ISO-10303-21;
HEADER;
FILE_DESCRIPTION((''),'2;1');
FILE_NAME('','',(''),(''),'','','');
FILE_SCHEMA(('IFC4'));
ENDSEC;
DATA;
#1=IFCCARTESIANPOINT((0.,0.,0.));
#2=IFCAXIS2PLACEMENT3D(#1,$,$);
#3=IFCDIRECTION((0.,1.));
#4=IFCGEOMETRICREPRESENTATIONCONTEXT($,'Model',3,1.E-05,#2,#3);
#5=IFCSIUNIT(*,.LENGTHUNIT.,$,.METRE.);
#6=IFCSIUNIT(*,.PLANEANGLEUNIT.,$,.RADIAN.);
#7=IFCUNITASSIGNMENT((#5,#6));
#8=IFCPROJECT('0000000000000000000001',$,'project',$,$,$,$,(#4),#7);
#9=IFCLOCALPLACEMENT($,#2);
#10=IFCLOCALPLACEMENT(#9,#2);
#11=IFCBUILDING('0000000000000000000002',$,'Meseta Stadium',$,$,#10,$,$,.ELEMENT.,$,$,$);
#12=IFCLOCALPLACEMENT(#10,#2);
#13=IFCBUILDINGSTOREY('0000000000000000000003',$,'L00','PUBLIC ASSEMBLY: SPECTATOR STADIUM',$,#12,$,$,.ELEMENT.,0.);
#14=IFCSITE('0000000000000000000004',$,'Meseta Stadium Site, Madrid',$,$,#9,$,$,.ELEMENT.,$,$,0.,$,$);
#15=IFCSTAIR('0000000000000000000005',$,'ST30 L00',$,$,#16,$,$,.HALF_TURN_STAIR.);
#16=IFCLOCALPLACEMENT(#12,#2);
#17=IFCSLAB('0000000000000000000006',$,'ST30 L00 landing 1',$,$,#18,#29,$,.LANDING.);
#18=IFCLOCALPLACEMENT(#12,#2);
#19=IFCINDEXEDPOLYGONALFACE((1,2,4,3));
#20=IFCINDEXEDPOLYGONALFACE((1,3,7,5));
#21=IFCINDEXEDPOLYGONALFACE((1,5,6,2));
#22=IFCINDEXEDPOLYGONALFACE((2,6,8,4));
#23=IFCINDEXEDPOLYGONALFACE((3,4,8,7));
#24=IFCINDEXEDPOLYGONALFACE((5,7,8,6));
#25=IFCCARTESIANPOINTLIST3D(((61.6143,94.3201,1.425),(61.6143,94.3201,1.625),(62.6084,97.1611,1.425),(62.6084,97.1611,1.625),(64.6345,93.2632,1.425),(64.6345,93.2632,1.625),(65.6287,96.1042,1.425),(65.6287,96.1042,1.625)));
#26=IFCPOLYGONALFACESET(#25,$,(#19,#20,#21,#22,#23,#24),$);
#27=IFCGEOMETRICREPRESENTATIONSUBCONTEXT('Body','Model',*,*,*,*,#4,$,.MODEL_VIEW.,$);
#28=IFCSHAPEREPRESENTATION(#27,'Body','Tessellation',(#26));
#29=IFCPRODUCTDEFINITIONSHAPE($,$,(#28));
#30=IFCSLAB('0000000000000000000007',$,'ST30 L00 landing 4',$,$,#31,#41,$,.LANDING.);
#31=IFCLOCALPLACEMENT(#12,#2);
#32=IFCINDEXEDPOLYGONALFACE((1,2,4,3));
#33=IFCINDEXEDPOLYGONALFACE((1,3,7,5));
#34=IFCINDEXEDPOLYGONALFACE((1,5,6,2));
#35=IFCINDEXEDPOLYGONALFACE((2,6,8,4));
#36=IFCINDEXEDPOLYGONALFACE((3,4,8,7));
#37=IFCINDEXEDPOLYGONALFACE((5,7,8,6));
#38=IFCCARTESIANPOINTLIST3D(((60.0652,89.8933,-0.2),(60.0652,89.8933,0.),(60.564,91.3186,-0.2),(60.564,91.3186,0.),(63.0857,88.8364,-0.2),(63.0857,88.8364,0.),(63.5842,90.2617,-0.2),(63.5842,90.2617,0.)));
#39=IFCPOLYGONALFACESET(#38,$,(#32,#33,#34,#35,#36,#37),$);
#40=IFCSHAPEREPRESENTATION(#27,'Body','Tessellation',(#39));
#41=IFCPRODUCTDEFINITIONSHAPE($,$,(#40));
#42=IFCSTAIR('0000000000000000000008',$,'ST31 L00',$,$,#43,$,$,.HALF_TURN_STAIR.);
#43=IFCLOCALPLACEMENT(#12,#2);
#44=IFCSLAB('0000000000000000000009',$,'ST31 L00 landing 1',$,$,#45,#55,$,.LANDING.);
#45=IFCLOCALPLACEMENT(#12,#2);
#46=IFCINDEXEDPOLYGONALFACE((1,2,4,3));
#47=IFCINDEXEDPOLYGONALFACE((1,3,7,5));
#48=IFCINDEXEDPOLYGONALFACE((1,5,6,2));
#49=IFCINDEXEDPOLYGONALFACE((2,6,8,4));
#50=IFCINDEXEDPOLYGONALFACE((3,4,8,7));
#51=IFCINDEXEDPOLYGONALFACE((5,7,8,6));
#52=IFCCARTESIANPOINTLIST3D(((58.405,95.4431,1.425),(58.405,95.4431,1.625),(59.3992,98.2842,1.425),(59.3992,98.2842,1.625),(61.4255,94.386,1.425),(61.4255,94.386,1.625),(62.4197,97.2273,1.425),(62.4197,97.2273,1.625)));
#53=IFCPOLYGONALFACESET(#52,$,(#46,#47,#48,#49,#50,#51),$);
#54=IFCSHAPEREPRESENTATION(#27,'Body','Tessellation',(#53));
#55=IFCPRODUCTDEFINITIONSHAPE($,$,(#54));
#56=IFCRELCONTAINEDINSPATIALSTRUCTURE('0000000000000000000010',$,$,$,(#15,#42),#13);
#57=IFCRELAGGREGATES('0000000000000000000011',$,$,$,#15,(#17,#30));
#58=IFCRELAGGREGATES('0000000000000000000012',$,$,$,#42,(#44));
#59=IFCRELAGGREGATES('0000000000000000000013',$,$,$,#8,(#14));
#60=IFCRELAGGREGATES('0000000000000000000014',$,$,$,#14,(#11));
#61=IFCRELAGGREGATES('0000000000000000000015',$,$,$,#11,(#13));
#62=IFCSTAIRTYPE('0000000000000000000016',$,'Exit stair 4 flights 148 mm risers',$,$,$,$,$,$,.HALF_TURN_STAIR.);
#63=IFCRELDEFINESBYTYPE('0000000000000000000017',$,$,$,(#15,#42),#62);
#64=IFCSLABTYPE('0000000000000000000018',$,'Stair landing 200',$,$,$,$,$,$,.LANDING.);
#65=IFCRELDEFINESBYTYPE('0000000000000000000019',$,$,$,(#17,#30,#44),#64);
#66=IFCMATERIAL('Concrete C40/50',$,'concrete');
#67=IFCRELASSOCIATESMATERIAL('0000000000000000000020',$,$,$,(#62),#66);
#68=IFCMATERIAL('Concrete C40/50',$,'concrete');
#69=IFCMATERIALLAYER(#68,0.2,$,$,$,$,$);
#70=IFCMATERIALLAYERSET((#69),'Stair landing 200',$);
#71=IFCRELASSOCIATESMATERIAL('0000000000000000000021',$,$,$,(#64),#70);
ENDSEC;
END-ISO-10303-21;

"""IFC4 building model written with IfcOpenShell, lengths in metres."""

from ifc_helpers import new_model, si_unit, direction, frame, origin, place, context, subcontext, project, spatial, polyline, outline, extrude, material, layer, layer_set, type_object, element, aggregate, save


model = new_model("IFC4")

# Units and contexts
model_context = context("Model", 3, precision=1e-05, world=origin(), true_north=direction((0.0, 1.0)))
body_context = subcontext(model_context, "Body", "Model", "MODEL_VIEW")
ifc_project = project(units=[si_unit("LENGTHUNIT", "METRE"), si_unit("PLANEANGLEUNIT", "RADIAN")], contexts=[model_context])

# Site, building, storey
site_placement = place(None, origin())
site = spatial("IfcSite", under=ifc_project, at=site_placement, Name="Meseta Stadium Site, Madrid", CompositionType="ELEMENT", RefElevation=0.0)
building_placement = place(site_placement, origin())
building = spatial("IfcBuilding", under=site, at=building_placement, Name="Meseta Stadium", CompositionType="ELEMENT")
storey_placement = place(building_placement, origin())
storey = spatial("IfcBuildingStorey", under=building, at=storey_placement, Name="L00", Description="PUBLIC ASSEMBLY: SPECTATOR STADIUM", CompositionType="ELEMENT", Elevation=0.0)

# Shared definitions
ifc_material_1 = material(Name="Concrete C40/50", Category="concrete")
stair_type = type_object("IfcStairType", Name="Exit stair 4 flights 148 mm risers", PredefinedType="HALF_TURN_STAIR", material=ifc_material_1)
ifc_material_2 = material(Name="Concrete C40/50", Category="concrete")
ifc_layer = layer(ifc_material_2, 0.2)
ifc_layer_set = layer_set([ifc_layer], Name="Stair landing 200")
slab_type = type_object("IfcSlabType", Name="Stair landing 200", PredefinedType="LANDING", material=ifc_layer_set)

# Stair, slabs
stair_1_placement = place(storey_placement, origin())
stair_1 = element("IfcStair", 1, at=stair_1_placement, inside=storey, type_object=stair_type, Name="ST30 L00", PredefinedType="HALF_TURN_STAIR")
slab_1_placement = place(storey_placement, frame((0.0, 0.0, 1.425)))
slab_1 = element("IfcSlab", 2, at=slab_1_placement, type_object=slab_type, Name="ST30 L00 landing 1", PredefinedType="LANDING", context=body_context, shape_type="SweptSolid", body=[
    extrude(outline(polyline([(64.6345, 93.2632), (65.6287, 96.1042), (62.6084, 97.1611), (61.6143, 94.3201), (64.6345, 93.2632)])), origin(), (0.0, 0.0, 1.0), 0.2),
])
slab_2_placement = place(storey_placement, frame((0.0, 0.0, -0.2)))
slab_2 = element("IfcSlab", 3, at=slab_2_placement, type_object=slab_type, Name="ST30 L00 landing 4", PredefinedType="LANDING", context=body_context, shape_type="SweptSolid", body=[
    extrude(outline(polyline([(63.0857, 88.8364), (63.5842, 90.2617), (60.564, 91.3186), (60.0652, 89.8933), (63.0857, 88.8364)])), origin(), (0.0, 0.0, 1.0), 0.2),
])
aggregate(stair_1, [slab_1, slab_2])

# Stair, slab
stair_2_placement = place(storey_placement, origin())
stair_2 = element("IfcStair", 4, at=stair_2_placement, inside=storey, type_object=stair_type, Name="ST31 L00", PredefinedType="HALF_TURN_STAIR")
slab_3_placement = place(storey_placement, frame((0.0, 0.0, 1.425)))
slab_3 = element("IfcSlab", 5, at=slab_3_placement, type_object=slab_type, Name="ST31 L00 landing 1", PredefinedType="LANDING", context=body_context, shape_type="SweptSolid", body=[
    extrude(outline(polyline([(61.4255, 94.386), (62.4197, 97.2273), (59.3992, 98.2842), (58.405, 95.4431), (61.4255, 94.386)])), origin(), (0.0, 0.0, 1.0), 0.2),
])
aggregate(stair_2, [slab_3])

save(model, "model.ifc")
